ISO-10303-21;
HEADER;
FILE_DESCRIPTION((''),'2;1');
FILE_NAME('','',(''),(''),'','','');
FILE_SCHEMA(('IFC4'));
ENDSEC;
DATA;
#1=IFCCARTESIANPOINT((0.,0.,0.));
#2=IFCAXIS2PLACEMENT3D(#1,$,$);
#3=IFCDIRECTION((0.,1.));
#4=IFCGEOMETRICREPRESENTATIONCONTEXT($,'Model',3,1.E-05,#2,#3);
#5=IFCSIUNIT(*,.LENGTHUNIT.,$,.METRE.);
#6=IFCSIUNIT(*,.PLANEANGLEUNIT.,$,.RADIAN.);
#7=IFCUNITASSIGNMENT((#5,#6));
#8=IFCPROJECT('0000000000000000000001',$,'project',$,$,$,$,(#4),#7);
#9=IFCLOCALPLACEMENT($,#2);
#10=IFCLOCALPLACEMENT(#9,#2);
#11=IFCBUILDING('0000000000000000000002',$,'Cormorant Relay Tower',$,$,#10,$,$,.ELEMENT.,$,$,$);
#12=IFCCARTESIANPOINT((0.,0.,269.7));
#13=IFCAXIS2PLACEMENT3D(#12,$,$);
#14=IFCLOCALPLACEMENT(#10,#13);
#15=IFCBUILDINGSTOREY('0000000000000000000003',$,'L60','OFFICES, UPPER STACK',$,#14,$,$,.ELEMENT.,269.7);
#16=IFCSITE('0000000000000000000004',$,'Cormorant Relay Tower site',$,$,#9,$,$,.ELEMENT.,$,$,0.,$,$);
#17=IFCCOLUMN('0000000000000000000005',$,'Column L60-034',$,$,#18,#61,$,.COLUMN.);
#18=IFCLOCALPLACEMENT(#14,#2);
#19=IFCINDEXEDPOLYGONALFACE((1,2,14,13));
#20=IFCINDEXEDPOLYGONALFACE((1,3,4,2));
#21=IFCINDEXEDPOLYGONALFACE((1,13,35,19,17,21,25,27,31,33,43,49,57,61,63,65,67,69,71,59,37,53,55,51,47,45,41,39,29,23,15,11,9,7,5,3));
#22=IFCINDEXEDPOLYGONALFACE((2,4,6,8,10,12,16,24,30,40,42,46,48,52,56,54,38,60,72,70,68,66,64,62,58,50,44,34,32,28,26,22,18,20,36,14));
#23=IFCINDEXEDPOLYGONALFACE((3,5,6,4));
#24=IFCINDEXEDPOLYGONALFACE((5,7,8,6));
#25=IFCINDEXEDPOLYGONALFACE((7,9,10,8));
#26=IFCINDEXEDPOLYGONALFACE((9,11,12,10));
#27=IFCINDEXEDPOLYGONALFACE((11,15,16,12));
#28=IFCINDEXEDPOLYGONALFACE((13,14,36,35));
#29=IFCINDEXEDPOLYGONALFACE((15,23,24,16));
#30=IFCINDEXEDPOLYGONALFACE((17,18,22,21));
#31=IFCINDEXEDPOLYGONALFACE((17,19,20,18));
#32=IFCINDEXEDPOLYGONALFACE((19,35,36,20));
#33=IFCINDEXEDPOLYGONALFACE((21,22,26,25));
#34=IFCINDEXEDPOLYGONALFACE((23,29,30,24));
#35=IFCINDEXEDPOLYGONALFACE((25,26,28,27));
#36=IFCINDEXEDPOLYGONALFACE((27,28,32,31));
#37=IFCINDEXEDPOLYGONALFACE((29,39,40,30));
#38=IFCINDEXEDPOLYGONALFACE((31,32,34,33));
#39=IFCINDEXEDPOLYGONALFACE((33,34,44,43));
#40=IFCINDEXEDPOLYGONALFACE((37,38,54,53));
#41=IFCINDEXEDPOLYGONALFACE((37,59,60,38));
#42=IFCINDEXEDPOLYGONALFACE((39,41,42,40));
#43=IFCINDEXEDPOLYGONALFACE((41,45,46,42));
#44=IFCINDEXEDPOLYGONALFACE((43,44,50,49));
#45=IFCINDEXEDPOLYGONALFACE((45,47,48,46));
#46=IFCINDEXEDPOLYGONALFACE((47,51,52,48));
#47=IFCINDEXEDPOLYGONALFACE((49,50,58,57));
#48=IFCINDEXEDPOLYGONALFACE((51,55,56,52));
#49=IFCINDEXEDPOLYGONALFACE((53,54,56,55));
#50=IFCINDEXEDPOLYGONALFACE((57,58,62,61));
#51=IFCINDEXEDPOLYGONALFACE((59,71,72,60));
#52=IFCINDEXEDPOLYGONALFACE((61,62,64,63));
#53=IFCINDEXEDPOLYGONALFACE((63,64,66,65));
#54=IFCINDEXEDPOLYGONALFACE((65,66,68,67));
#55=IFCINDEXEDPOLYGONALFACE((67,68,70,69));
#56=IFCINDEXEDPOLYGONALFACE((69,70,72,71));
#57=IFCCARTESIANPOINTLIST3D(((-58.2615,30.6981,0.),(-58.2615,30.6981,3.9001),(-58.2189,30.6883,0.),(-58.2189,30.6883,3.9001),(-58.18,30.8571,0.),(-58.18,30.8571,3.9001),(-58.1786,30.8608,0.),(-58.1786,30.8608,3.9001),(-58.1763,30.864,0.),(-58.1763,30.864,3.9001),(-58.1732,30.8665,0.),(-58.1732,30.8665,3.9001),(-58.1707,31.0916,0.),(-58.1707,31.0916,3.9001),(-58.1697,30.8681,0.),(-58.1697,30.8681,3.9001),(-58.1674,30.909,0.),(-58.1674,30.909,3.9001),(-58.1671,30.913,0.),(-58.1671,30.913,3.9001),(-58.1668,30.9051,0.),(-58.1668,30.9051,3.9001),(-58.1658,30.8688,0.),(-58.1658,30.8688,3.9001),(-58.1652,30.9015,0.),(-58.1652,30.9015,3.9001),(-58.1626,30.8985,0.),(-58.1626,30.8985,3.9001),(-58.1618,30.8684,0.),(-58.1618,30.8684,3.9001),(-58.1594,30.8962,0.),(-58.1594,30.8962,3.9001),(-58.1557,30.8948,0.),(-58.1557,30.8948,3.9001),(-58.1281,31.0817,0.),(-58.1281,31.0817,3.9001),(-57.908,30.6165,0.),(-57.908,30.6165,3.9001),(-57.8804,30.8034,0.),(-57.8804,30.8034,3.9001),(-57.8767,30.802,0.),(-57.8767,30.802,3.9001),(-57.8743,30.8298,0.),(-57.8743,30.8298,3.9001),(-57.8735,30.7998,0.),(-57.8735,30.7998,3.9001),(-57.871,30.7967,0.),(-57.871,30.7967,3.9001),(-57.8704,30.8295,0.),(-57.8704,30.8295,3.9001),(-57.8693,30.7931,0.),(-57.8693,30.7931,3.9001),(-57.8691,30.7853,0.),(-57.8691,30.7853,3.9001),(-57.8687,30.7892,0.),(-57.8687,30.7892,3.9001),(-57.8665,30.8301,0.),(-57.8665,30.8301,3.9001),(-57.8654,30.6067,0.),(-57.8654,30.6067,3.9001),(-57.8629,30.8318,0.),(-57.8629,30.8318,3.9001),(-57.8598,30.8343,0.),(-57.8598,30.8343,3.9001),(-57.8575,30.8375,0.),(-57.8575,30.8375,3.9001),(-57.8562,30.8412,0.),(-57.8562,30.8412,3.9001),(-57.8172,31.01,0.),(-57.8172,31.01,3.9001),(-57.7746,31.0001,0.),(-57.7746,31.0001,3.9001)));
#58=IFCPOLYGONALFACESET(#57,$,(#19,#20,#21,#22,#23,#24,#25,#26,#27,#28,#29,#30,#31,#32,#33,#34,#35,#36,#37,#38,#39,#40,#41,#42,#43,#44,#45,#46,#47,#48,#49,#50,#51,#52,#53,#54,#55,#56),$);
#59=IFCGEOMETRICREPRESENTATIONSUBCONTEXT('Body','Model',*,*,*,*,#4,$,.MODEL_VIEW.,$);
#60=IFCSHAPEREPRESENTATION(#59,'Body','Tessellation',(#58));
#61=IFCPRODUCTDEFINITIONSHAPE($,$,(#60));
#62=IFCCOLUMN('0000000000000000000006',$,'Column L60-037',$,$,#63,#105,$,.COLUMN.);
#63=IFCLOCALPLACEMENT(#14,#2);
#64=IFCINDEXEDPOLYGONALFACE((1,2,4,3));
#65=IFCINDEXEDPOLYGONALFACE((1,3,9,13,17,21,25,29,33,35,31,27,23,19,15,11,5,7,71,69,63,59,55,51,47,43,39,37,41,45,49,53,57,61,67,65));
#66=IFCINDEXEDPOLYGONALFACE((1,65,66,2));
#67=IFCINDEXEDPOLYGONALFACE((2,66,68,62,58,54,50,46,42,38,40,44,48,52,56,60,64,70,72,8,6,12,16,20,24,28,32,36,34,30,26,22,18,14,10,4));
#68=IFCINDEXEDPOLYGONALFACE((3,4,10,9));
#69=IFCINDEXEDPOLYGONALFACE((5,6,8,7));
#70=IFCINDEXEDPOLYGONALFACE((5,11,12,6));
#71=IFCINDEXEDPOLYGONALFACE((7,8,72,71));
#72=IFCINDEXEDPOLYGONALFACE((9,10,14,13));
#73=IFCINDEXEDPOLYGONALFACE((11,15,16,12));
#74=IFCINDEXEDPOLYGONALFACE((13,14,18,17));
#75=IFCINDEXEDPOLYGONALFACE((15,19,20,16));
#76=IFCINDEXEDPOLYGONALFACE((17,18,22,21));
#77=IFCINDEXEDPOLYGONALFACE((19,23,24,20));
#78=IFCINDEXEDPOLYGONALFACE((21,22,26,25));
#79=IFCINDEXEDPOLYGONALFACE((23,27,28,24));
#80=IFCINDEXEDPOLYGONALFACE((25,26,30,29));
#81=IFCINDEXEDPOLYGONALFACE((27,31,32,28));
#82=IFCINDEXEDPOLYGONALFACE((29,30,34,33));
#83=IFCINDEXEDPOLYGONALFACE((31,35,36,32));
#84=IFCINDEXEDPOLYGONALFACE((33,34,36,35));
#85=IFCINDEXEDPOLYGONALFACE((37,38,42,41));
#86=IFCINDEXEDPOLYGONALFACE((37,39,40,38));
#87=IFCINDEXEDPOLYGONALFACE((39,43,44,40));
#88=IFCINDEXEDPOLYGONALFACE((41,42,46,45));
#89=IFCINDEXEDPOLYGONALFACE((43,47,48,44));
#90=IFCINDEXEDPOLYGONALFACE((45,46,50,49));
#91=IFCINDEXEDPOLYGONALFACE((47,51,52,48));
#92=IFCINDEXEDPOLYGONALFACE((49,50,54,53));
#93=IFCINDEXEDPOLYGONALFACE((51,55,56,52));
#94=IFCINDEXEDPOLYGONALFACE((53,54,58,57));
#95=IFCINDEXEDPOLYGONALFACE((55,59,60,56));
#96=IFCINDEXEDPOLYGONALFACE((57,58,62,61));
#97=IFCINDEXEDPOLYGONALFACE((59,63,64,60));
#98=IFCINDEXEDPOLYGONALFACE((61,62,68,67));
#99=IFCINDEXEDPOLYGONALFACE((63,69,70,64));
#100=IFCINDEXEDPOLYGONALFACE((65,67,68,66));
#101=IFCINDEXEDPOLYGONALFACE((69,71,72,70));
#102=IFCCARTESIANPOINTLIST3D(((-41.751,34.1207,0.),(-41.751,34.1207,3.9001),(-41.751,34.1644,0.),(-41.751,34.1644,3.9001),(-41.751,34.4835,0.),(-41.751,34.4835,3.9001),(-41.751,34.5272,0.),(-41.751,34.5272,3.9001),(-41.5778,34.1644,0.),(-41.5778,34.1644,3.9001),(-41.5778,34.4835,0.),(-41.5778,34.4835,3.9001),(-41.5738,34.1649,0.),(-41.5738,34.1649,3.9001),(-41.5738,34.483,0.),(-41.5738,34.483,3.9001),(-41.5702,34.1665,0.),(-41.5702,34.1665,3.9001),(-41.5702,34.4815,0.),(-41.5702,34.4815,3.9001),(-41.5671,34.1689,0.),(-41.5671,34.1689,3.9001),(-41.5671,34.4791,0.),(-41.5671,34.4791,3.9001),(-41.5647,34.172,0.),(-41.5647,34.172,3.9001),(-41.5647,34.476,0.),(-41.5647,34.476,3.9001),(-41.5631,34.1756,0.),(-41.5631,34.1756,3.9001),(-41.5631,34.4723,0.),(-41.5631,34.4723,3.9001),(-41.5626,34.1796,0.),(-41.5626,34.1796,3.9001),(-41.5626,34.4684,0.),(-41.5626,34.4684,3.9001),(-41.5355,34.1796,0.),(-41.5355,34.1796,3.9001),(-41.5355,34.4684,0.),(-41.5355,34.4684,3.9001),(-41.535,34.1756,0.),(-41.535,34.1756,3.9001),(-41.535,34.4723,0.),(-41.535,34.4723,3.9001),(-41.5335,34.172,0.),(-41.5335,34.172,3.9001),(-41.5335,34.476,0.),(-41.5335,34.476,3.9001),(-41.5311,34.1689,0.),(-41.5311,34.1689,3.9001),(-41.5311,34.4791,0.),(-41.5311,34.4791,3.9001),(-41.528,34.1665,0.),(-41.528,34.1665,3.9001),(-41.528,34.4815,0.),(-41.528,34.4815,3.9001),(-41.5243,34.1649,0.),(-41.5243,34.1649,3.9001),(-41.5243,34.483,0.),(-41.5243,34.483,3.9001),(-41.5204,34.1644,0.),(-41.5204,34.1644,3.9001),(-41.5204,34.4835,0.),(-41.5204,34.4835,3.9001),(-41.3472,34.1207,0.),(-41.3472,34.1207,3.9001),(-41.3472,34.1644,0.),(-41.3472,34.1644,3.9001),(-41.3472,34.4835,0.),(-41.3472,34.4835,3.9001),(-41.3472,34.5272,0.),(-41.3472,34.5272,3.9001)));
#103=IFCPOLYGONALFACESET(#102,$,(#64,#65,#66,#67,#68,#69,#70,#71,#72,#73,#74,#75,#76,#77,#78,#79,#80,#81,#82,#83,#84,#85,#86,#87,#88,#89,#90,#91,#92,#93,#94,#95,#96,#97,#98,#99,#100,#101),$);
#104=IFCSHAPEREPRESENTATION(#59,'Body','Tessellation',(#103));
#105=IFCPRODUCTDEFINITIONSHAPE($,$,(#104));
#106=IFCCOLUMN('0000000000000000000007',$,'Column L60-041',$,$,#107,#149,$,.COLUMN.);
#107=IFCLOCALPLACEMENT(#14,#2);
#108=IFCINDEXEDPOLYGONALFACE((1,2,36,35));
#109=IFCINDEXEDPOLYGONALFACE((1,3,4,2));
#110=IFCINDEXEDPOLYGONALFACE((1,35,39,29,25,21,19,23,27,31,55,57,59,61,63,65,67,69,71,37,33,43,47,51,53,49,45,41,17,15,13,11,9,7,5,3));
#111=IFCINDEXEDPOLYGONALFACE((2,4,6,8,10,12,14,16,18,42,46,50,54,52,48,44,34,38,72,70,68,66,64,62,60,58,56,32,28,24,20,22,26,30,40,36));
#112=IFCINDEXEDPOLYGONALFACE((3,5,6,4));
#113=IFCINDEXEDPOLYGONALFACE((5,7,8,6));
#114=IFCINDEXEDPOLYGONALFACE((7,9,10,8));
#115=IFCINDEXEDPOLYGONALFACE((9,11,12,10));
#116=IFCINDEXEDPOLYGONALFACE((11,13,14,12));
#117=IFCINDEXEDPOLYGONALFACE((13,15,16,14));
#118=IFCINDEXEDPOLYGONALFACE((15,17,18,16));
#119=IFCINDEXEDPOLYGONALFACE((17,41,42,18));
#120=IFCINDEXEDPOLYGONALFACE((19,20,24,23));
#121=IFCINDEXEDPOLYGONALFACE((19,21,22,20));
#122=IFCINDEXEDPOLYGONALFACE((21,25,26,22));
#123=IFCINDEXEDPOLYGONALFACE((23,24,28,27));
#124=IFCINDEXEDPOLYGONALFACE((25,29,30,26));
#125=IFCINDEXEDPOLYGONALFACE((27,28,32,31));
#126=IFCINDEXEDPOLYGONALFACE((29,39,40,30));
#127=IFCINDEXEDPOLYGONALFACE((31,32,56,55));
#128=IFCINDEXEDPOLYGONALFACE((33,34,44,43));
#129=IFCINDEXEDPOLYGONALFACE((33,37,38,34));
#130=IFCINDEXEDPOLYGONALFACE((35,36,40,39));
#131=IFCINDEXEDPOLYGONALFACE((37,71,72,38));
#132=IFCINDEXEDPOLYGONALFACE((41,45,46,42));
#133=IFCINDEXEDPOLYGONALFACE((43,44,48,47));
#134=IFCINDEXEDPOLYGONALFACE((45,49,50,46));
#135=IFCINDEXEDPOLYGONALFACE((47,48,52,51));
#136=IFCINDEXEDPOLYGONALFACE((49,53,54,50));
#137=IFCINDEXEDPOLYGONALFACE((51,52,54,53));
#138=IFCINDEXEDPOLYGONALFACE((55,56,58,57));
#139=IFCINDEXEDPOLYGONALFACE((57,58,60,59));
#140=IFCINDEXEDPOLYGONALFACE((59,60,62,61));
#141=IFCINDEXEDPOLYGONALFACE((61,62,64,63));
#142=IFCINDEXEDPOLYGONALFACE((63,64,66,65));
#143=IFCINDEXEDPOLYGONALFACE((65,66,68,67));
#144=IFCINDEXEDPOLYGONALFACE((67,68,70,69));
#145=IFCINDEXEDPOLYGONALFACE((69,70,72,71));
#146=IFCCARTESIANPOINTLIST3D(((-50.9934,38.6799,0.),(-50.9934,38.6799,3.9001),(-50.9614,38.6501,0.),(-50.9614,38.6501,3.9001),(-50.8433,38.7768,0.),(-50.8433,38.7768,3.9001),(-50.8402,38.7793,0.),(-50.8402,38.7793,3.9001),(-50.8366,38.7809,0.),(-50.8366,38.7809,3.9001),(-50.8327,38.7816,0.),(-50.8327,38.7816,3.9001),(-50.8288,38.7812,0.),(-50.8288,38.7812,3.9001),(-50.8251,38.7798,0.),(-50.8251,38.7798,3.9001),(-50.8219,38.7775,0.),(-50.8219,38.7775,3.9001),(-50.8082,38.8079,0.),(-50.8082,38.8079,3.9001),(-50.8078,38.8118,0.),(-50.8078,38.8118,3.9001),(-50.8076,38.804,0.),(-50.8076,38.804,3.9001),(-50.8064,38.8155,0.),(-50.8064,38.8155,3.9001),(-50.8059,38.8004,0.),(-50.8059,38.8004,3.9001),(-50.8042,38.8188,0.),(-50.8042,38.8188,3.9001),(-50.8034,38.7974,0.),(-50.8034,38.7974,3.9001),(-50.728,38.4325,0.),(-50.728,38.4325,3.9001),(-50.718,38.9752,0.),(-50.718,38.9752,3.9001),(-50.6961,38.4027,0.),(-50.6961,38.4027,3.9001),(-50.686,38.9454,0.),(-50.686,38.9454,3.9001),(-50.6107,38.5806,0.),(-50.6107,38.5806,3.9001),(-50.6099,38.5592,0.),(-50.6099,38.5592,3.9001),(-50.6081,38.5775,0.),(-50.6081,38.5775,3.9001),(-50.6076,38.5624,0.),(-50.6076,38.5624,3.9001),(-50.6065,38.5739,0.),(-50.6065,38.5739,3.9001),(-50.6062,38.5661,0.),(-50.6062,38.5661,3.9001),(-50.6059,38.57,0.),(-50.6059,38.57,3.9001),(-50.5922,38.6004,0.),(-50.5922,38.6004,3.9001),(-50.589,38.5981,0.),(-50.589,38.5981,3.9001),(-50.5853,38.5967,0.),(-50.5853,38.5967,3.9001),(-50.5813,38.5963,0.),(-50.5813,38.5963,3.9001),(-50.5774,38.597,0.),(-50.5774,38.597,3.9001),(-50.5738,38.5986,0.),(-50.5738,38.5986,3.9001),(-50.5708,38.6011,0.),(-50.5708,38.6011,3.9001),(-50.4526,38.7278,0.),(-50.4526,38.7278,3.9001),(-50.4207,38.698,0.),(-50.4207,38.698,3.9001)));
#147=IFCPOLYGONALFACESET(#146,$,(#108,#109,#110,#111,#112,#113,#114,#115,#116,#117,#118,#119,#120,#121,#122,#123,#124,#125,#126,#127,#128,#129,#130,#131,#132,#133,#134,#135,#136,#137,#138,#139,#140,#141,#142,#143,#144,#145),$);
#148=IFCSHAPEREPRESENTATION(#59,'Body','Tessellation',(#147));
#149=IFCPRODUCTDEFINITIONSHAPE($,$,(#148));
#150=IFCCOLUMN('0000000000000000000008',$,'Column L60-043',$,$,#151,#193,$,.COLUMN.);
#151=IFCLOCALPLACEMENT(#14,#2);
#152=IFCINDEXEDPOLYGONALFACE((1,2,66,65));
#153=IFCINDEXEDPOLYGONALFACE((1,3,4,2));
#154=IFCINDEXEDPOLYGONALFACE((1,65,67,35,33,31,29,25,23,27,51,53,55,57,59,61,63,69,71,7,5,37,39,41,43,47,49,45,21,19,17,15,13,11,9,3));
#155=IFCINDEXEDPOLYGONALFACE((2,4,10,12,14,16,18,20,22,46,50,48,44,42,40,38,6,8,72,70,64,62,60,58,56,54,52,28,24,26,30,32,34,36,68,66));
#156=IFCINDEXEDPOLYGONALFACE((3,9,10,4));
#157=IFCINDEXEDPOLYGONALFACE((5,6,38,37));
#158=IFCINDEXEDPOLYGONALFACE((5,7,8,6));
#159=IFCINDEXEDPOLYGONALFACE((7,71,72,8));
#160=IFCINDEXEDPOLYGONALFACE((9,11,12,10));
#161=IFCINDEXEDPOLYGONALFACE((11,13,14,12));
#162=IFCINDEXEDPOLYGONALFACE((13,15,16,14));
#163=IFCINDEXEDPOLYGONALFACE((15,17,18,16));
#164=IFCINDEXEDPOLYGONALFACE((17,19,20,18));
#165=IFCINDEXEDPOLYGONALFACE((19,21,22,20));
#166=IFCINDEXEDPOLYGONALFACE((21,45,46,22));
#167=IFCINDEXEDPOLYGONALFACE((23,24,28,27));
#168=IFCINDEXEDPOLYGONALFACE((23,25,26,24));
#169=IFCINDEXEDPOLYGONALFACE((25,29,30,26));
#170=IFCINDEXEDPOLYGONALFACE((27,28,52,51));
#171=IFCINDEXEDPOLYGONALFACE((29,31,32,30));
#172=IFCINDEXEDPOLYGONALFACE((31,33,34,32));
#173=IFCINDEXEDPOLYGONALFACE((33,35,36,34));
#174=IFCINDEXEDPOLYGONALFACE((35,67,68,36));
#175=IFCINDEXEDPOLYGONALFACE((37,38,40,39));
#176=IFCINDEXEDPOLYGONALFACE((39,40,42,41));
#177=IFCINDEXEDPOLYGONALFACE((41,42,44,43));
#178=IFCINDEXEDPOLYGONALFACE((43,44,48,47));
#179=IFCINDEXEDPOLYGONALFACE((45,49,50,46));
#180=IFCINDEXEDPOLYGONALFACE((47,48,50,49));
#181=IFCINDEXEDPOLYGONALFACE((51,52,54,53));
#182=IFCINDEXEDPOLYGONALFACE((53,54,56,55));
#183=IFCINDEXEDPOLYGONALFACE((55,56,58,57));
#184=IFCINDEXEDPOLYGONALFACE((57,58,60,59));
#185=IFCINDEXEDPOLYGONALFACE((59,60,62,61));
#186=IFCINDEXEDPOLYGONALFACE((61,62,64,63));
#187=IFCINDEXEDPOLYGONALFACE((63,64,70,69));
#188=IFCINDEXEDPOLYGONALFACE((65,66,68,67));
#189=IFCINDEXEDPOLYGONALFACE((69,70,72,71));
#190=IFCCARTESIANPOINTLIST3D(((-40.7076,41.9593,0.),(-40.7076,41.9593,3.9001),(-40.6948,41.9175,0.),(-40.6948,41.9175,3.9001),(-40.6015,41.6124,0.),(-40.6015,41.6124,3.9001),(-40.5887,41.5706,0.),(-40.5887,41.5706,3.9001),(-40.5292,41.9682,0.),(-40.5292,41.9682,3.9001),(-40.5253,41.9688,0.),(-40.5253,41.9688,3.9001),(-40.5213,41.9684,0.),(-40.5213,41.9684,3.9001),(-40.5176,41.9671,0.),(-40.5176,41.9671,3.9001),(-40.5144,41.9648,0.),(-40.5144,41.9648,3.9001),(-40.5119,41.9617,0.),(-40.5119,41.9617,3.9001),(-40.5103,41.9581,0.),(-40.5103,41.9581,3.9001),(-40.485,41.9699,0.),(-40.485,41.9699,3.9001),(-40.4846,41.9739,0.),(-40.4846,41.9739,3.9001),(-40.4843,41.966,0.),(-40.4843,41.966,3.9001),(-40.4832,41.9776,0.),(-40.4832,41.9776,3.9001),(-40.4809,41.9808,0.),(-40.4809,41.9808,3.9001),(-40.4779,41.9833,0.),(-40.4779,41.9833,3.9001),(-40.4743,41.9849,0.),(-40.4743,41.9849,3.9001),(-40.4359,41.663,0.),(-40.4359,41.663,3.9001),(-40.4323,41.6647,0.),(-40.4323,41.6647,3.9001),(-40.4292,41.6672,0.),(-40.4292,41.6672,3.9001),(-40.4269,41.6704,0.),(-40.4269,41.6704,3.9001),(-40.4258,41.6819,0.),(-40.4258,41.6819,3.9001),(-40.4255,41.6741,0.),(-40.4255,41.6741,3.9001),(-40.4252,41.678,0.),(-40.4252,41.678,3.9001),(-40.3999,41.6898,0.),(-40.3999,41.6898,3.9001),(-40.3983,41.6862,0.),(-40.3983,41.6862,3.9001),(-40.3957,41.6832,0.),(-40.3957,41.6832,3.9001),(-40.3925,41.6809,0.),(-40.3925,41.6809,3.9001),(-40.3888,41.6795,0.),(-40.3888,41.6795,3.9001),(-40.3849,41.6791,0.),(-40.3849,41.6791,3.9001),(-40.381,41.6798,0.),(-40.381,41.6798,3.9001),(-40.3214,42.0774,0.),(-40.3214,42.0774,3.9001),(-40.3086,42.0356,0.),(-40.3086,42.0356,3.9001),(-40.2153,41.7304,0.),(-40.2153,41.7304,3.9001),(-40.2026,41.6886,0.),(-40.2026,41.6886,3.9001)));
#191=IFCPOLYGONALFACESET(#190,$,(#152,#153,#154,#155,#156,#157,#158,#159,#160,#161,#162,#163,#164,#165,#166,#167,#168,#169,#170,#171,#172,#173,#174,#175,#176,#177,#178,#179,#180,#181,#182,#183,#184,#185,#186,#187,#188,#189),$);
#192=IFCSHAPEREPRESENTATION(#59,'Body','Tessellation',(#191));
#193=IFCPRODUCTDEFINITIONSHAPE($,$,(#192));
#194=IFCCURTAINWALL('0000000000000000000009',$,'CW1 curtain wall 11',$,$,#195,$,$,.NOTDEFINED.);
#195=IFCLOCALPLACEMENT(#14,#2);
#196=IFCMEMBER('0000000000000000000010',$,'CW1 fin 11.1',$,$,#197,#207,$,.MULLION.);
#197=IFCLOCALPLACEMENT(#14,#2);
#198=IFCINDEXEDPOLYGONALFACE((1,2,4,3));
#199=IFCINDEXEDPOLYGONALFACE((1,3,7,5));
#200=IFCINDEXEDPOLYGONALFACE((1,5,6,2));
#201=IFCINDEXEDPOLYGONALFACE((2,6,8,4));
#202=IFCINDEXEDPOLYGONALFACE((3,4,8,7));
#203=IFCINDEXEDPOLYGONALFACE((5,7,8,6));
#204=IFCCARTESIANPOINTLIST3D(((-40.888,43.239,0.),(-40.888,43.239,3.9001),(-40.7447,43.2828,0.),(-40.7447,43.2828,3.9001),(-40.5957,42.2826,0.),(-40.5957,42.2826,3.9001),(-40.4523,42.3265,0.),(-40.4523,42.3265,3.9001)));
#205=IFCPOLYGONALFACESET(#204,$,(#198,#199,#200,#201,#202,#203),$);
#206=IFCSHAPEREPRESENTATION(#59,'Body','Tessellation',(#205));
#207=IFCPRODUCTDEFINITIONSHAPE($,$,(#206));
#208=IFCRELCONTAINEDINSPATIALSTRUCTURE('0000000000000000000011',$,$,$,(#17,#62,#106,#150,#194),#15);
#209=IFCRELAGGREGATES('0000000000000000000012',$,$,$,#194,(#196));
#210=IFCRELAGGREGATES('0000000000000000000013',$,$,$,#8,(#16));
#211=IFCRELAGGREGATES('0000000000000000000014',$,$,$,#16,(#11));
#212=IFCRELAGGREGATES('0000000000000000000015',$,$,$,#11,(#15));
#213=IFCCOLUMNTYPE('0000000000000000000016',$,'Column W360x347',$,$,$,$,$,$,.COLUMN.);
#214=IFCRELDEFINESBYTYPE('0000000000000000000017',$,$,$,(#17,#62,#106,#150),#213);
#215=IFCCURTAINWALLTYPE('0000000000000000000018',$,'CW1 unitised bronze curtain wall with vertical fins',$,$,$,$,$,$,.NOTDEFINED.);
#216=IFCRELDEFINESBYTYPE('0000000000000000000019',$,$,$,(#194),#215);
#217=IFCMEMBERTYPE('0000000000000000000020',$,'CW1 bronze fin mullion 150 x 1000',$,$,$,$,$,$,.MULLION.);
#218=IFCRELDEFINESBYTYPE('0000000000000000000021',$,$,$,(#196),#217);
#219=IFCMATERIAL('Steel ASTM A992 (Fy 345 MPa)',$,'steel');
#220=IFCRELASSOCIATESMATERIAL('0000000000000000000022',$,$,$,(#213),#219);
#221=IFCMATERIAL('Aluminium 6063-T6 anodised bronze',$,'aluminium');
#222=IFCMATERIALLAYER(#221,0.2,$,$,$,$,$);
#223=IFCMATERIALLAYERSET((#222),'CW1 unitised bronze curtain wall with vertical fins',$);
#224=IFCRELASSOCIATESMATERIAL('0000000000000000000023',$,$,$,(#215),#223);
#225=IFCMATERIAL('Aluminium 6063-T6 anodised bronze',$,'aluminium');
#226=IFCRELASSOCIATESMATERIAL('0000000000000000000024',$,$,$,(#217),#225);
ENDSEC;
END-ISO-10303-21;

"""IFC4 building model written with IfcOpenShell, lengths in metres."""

from ifc_helpers import new_model, si_unit, direction, frame, origin, origin_2d, place, context, subcontext, project, spatial, rectangle, i_section, extrude, material, layer, layer_set, material_profile, profile_set, type_object, element, aggregate, save


model = new_model("IFC4")

# Units and contexts
model_context = context("Model", 3, precision=1e-05, world=origin(), true_north=direction((0.0, 1.0)))
body_context = subcontext(model_context, "Body", "Model", "MODEL_VIEW")
ifc_project = project(units=[si_unit("LENGTHUNIT", "METRE"), si_unit("PLANEANGLEUNIT", "RADIAN")], contexts=[model_context])

# Site, building, storey
site_placement = place(None, origin())
site = spatial("IfcSite", under=ifc_project, at=site_placement, Name="Cormorant Relay Tower site", CompositionType="ELEMENT", RefElevation=0.0)
building_placement = place(site_placement, origin())
building = spatial("IfcBuilding", under=site, at=building_placement, Name="Cormorant Relay Tower", CompositionType="ELEMENT")
storey_placement = place(building_placement, frame((0.0, 0.0, 269.7)))
storey = spatial("IfcBuildingStorey", under=building, at=storey_placement, Name="L60", Description="OFFICES, UPPER STACK", CompositionType="ELEMENT", Elevation=269.7)

# Columns
ifc_material_1 = material(Name="Steel ASTM A992 (Fy 345 MPa)", Category="steel")
ifc_material_profile_1 = material_profile(ifc_material_1, i_section(OverallWidth=0.4038, OverallDepth=0.4065, WebThickness=0.0271, FlangeThickness=0.0437, FilletRadius=0.0151, at=origin_2d()), Name="W360x347")
ifc_profile_set_1 = profile_set([ifc_material_profile_1], Name="Steel ASTM A992 (Fy 345 MPa)")
column_type = type_object("IfcColumnType", Name="Column W360x347", PredefinedType="COLUMN", material=ifc_profile_set_1)
for number, where, z_axis, x_axis, name in (
    (1, (-58.0181, 30.8491, 0.0), (0.0, 0.0, 1.0), (-0.224951, -0.97437, 0.0), "Column L60-034"),
    (2, (-41.5491, 34.324, 0.0), (0.0, 0.0, 1.0), (1.0, 0.0, 0.0), "Column L60-037"),
    (3, (-50.707, 38.689, 0.0), (0.0, 0.0, 1.0), (-0.681998, -0.731354, 0.0), "Column L60-041"),
    (4, (-40.4551, 41.824, 0.0), (0.0, 0.0, 1.0), (-0.956305, -0.292372, 0.0), "Column L60-043"),
):
    element("IfcColumn", number, at=place(storey_placement, frame(where, z_axis=z_axis, x_axis=x_axis)), inside=storey, type_object=column_type, Name=name, PredefinedType="COLUMN", context=body_context, shape_type="SweptSolid", body=[
        extrude(i_section(OverallWidth=0.4038, OverallDepth=0.4065, WebThickness=0.0271, FlangeThickness=0.0437, FilletRadius=0.0151, at=origin_2d()), origin(), (0.0, 0.0, 1.0), 3.9001),
    ])

# Curtain wall, member
ifc_material_2 = material(Name="Aluminium 6063-T6 anodised bronze", Category="aluminium")
ifc_layer_1 = layer(ifc_material_2, 0.2)
ifc_layer_set_1 = layer_set([ifc_layer_1], Name="CW1 unitised bronze curtain wall with vertical fins")
curtain_wall_type = type_object("IfcCurtainWallType", Name="CW1 unitised bronze curtain wall with vertical fins", PredefinedType="NOTDEFINED", material=ifc_layer_set_1)
curtain_wall_1_placement = place(storey_placement, origin())
curtain_wall_1 = element("IfcCurtainWall", 5, at=curtain_wall_1_placement, inside=storey, type_object=curtain_wall_type, Name="CW1 curtain wall 11", PredefinedType="NOTDEFINED")
ifc_material_3 = material(Name="Aluminium 6063-T6 anodised bronze", Category="aluminium")
ifc_material_profile_2 = material_profile(ifc_material_3, rectangle(XDim=0.1499, YDim=1.0, at=origin_2d()), Name="AL 150x1000")
ifc_profile_set_2 = profile_set([ifc_material_profile_2], Name="Aluminium 6063-T6 anodised bronze")
member_type_1 = type_object("IfcMemberType", Name="CW1 bronze fin mullion 150 x 1000", PredefinedType="MULLION", material=ifc_profile_set_2)
member_1_placement = place(storey_placement, frame((-40.6702, 42.7827, 0.0), z_axis=(0.0, 0.0, 1.0), x_axis=(-0.956305, -0.292372, 0.0)))
member_1 = element("IfcMember", 6, at=member_1_placement, type_object=member_type_1, Name="CW1 fin 11.1", PredefinedType="MULLION", context=body_context, shape_type="SweptSolid", body=[
    extrude(rectangle(XDim=0.1499, YDim=1.0, at=origin_2d()), origin(), (0.0, 0.0, 1.0), 3.9001),
])

aggregate(curtain_wall_1, [member_1])

save(model, "model.ifc")
